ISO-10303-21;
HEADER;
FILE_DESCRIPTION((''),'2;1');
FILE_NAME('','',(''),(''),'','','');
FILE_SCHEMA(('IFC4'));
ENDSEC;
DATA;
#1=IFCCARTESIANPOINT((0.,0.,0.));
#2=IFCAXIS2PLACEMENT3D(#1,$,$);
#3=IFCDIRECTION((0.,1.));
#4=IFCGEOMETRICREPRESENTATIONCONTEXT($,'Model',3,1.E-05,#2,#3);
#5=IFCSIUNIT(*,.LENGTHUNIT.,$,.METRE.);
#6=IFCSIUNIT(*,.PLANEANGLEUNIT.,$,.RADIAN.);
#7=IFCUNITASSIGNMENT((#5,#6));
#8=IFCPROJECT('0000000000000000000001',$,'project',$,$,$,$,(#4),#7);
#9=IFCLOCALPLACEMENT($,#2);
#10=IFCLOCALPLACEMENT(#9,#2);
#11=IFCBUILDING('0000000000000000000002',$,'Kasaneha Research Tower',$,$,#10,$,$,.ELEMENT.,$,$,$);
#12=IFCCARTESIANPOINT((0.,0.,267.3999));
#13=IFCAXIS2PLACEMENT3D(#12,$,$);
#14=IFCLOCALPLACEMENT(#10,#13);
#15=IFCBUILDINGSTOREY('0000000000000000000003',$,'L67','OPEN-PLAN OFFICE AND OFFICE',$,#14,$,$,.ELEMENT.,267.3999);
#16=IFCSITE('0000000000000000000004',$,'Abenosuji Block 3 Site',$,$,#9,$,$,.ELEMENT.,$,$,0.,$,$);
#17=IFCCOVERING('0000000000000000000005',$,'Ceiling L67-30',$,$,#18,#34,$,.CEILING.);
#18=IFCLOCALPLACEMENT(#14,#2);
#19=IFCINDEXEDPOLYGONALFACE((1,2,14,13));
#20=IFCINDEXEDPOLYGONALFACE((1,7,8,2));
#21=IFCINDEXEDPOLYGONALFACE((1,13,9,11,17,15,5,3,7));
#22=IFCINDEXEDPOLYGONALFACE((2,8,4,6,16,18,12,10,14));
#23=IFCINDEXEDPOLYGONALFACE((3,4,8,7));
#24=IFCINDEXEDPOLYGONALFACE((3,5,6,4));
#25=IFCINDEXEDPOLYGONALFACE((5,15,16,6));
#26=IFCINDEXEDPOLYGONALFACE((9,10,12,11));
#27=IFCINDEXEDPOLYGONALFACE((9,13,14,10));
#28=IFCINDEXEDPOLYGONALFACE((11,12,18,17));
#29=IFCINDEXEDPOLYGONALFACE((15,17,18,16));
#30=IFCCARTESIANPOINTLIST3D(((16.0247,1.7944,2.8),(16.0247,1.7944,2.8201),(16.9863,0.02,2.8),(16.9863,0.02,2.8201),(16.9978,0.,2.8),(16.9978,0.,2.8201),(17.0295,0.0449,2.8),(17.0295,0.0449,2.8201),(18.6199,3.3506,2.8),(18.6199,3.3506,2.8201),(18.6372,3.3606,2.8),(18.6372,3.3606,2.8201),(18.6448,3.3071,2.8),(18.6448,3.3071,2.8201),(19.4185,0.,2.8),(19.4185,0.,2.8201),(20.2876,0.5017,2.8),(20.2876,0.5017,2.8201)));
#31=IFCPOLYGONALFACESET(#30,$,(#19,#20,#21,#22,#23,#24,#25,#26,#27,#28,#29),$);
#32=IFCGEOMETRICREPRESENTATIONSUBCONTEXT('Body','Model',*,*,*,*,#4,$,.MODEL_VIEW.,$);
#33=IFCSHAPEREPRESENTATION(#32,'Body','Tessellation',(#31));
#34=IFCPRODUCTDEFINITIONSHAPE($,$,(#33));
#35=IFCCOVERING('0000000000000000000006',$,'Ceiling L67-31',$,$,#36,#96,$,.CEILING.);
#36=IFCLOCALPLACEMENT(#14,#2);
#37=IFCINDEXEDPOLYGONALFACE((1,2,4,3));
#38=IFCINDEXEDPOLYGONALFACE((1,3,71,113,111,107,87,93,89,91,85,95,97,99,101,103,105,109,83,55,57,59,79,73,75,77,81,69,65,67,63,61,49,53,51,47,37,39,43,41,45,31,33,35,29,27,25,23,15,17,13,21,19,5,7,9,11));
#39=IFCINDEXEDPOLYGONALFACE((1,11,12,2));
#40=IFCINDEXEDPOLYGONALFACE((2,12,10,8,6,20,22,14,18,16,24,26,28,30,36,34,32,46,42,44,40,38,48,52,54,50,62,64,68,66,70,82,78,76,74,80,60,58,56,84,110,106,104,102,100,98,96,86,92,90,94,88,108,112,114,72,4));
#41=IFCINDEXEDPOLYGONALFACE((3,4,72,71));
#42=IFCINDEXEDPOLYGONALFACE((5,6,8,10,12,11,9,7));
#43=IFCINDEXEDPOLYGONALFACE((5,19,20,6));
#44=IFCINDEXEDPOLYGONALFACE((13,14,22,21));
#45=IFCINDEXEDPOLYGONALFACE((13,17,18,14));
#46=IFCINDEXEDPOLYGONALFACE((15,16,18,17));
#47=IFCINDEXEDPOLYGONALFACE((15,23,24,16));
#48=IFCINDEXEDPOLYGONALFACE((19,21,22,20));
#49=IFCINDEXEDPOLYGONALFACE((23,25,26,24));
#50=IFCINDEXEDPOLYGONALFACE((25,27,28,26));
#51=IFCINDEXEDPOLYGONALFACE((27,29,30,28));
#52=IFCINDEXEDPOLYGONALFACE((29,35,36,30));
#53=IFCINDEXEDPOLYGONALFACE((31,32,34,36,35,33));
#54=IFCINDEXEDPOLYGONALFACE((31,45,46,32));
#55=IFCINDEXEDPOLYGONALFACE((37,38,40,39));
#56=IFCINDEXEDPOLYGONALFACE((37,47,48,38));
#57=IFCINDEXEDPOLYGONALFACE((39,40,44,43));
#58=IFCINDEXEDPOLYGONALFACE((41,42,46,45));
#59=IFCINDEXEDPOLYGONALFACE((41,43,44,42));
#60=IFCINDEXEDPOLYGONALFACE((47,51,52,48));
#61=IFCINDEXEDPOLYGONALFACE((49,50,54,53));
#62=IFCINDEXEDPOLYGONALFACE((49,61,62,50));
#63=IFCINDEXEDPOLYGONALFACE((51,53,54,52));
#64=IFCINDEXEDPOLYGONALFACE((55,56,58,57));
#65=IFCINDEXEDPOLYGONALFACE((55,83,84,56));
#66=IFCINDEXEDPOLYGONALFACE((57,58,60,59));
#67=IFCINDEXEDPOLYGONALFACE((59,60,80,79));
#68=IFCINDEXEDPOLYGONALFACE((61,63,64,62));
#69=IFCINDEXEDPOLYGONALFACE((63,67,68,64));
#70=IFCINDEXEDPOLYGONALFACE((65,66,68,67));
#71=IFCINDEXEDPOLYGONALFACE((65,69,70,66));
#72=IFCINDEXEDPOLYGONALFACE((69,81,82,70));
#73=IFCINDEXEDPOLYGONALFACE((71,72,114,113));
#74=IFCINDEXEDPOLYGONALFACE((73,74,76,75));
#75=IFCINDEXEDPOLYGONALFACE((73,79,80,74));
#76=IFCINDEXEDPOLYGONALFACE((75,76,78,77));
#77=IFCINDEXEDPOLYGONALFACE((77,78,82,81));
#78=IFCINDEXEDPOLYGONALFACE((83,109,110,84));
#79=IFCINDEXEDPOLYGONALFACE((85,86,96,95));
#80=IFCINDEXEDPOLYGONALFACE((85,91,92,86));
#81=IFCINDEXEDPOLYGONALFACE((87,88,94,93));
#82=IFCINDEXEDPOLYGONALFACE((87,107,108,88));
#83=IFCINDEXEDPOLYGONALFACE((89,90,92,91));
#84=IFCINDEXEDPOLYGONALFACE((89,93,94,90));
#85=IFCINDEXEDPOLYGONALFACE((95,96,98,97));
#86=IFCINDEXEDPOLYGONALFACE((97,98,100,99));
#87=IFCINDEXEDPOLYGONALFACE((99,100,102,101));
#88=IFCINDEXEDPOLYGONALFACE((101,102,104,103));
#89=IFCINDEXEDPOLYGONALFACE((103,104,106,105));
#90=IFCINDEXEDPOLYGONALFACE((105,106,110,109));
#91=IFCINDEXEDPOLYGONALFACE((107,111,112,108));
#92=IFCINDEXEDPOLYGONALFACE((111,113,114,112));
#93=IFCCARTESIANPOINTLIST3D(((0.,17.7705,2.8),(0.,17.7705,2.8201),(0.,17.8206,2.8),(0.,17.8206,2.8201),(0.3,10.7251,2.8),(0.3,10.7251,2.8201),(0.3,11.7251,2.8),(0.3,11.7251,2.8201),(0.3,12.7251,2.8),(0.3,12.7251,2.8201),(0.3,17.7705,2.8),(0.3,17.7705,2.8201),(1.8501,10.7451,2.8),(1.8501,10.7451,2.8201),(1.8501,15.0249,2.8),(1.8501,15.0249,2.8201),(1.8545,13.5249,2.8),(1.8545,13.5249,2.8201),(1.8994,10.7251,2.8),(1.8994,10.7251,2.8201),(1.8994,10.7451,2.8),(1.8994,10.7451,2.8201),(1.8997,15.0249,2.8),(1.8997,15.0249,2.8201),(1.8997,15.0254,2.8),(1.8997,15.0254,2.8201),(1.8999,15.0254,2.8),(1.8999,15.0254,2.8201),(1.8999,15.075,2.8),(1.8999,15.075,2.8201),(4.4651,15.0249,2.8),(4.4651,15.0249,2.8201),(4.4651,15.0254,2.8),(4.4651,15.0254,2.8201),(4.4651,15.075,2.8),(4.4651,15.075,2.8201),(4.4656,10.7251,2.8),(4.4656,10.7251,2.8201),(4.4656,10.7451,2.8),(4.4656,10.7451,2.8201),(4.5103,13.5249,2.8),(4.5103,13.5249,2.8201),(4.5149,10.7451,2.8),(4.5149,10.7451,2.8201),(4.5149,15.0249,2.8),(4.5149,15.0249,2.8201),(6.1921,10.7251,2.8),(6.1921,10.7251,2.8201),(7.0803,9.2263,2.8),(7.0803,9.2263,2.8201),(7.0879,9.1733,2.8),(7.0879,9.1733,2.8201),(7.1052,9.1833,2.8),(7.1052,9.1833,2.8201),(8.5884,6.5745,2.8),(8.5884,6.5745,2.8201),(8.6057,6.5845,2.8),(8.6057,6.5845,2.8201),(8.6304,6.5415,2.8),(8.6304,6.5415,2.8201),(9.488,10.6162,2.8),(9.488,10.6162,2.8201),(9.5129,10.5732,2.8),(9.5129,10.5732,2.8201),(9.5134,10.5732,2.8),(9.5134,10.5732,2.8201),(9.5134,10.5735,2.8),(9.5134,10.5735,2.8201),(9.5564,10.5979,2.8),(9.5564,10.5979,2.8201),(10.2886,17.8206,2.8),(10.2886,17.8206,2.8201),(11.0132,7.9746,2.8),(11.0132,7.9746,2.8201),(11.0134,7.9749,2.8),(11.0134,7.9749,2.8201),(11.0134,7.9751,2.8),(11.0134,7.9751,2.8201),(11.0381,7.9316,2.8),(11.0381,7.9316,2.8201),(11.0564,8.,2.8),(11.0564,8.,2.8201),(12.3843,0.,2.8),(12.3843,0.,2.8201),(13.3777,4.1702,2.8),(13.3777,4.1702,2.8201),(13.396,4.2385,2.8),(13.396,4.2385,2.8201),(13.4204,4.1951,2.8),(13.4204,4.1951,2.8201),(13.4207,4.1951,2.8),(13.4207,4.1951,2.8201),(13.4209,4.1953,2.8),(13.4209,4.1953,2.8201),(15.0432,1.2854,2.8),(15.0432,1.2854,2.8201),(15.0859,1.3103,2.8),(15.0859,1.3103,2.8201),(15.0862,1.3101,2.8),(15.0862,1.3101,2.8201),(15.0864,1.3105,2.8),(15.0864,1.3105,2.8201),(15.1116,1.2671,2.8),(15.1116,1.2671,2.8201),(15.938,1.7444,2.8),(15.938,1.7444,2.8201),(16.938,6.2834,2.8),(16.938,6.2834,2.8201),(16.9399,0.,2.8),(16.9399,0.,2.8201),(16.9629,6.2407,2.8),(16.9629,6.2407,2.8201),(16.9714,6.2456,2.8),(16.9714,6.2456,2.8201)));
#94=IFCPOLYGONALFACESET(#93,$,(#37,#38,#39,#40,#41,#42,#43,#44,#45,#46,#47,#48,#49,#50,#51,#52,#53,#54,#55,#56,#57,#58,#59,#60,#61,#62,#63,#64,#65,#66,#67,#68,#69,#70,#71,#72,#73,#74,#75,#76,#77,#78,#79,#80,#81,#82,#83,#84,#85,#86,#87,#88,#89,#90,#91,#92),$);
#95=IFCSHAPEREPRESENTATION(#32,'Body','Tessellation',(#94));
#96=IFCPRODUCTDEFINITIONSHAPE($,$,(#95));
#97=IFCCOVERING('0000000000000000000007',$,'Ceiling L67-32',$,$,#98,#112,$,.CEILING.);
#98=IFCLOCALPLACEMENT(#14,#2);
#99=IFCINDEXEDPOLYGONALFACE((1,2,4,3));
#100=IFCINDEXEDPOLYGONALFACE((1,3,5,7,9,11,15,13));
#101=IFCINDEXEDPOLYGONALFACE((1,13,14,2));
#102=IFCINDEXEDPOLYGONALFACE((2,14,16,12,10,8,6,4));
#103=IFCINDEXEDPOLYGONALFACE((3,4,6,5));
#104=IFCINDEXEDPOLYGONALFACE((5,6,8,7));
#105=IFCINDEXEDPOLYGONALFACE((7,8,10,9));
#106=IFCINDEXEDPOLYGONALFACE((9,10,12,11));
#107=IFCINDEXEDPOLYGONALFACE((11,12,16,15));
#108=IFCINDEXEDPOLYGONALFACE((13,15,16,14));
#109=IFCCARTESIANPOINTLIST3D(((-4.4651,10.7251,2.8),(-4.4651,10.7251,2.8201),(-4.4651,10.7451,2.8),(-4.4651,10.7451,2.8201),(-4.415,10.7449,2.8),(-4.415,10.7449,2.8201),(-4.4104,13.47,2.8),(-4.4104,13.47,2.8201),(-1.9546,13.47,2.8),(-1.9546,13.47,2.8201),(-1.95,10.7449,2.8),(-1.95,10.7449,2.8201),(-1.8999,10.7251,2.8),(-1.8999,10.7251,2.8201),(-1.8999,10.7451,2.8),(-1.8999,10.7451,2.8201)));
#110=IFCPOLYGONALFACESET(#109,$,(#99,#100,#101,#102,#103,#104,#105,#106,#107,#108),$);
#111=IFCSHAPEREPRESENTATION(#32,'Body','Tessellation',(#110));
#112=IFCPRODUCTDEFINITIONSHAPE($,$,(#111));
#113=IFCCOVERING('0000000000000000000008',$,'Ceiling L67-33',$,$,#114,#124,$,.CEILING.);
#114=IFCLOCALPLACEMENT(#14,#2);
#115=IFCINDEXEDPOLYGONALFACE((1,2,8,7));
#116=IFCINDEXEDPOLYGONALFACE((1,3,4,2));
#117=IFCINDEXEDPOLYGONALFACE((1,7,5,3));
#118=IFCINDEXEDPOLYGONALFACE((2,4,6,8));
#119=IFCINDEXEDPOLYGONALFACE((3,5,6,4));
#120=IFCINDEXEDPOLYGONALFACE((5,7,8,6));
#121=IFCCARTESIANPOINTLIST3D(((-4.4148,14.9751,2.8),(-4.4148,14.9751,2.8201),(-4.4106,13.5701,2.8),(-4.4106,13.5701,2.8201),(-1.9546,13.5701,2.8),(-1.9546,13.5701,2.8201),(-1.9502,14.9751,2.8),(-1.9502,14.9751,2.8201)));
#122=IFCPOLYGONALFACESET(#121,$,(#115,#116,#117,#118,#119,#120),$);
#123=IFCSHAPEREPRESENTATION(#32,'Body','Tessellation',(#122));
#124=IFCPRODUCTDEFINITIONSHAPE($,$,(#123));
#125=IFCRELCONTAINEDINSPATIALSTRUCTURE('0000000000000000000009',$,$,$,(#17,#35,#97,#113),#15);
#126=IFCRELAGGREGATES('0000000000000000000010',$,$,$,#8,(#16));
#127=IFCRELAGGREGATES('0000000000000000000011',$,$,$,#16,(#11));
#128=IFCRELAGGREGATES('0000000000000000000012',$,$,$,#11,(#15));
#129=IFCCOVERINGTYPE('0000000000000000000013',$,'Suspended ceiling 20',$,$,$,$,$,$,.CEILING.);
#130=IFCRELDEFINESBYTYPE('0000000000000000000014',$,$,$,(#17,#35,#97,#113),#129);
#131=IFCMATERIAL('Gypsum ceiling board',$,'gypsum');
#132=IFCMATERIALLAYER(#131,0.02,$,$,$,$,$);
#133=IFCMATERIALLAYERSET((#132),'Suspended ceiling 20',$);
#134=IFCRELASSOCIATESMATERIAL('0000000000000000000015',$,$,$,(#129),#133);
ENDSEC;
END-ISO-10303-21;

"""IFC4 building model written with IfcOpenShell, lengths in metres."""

from ifc_helpers import new_model, si_unit, direction, frame, origin, place, context, subcontext, project, spatial, polyline, outline, extrude, material, layer, layer_set, type_object, element, save


model = new_model("IFC4")

# Units and contexts
model_context = context("Model", 3, precision=1e-05, world=origin(), true_north=direction((0.0, 1.0)))
body_context = subcontext(model_context, "Body", "Model", "MODEL_VIEW")
ifc_project = project(units=[si_unit("LENGTHUNIT", "METRE"), si_unit("PLANEANGLEUNIT", "RADIAN")], contexts=[model_context])

# Site, building, storey
site_placement = place(None, origin())
site = spatial("IfcSite", under=ifc_project, at=site_placement, Name="Abenosuji Block 3 Site", CompositionType="ELEMENT", RefElevation=0.0)
building_placement = place(site_placement, origin())
building = spatial("IfcBuilding", under=site, at=building_placement, Name="Kasaneha Research Tower", CompositionType="ELEMENT")
storey_placement = place(building_placement, frame((0.0, 0.0, 267.3999)))
storey = spatial("IfcBuildingStorey", under=building, at=storey_placement, Name="L67", Description="OPEN-PLAN OFFICE AND OFFICE", CompositionType="ELEMENT", Elevation=267.3999)

# Coverings
ifc_material_1 = material(Name="Gypsum ceiling board", Category="gypsum")
ifc_layer_1 = layer(ifc_material_1, 0.02)
ifc_layer_set_1 = layer_set([ifc_layer_1], Name="Suspended ceiling 20")
covering_type_1 = type_object("IfcCoveringType", Name="Suspended ceiling 20", PredefinedType="CEILING", material=ifc_layer_set_1)
covering_1_placement = place(storey_placement, frame((0.0, 0.0, 2.8)))
element("IfcCovering", 1, at=covering_1_placement, inside=storey, type_object=covering_type_1, Name="Ceiling L67-30", PredefinedType="CEILING", context=body_context, shape_type="SweptSolid", body=[
    extrude(outline(polyline([(16.9978, 0.0), (16.9863, 0.02), (17.0295, 0.0449), (16.0247, 1.7944), (18.6448, 3.3071), (18.6199, 3.3506), (18.6372, 3.3606), (20.2876, 0.5017), (19.4185, 0.0), (16.9978, 0.0)])), origin(), (0.0, 0.0, 1.0), 0.02),
])
covering_2_placement = place(storey_placement, frame((0.0, 0.0, 2.8)))
element("IfcCovering", 2, at=covering_2_placement, inside=storey, type_object=covering_type_1, Name="Ceiling L67-31", PredefinedType="CEILING", context=body_context, shape_type="SweptSolid", body=[
    extrude(outline(polyline([(8.6057, 6.5845), (8.6304, 6.5415), (11.0381, 7.9316), (11.0132, 7.9746), (11.0134, 7.9749), (11.0134, 7.9751), (11.0564, 8.0), (9.5564, 10.5979), (9.5134, 10.5732), (9.5134, 10.5735), (9.5129, 10.5732), (9.488, 10.6162), (7.0803, 9.2263), (7.1052, 9.1833), (7.0879, 9.1733), (6.1921, 10.7251), (4.4656, 10.7251), (4.4656, 10.7451), (4.5149, 10.7451), (4.5103, 13.5249), (4.5149, 15.0249), (4.4651, 15.0249), (4.4651, 15.0254), (4.4651, 15.075), (1.8999, 15.075), (1.8999, 15.0254), (1.8997, 15.0254), (1.8997, 15.0249), (1.8501, 15.0249), (1.8545, 13.5249), (1.8501, 10.7451), (1.8994, 10.7451), (1.8994, 10.7251), (0.3, 10.7251), (0.3, 11.7251), (0.3, 12.7251), (0.3, 17.7705), (0.3, 17.7705), (0.0, 17.7705), (0.0, 17.8206), (10.2886, 17.8206), (16.9714, 6.2456), (16.9629, 6.2407), (16.938, 6.2834), (13.396, 4.2385), (13.4209, 4.1953), (13.4204, 4.1951), (13.4207, 4.1951), (13.3777, 4.1702), (15.0432, 1.2854), (15.0859, 1.3103), (15.0862, 1.3101), (15.0864, 1.3105), (15.1116, 1.2671), (15.938, 1.7444), (16.9399, 0.0), (12.3843, 0.0), (8.5884, 6.5745), (8.6057, 6.5845)])), origin(), (0.0, 0.0, 1.0), 0.02),
])
covering_3_placement = place(storey_placement, frame((0.0, 0.0, 2.8)))
element("IfcCovering", 3, at=covering_3_placement, inside=storey, type_object=covering_type_1, Name="Ceiling L67-32", PredefinedType="CEILING", context=body_context, shape_type="SweptSolid", body=[
    extrude(outline(polyline([(-4.4651, 10.7251), (-4.4651, 10.7451), (-4.415, 10.7449), (-4.4104, 13.47), (-1.9546, 13.47), (-1.95, 10.7449), (-1.8999, 10.7451), (-1.8999, 10.7251), (-4.4651, 10.7251)])), origin(), (0.0, 0.0, 1.0), 0.02),
])
covering_4_placement = place(storey_placement, frame((0.0, 0.0, 2.8)))
element("IfcCovering", 4, at=covering_4_placement, inside=storey, type_object=covering_type_1, Name="Ceiling L67-33", PredefinedType="CEILING", context=body_context, shape_type="SweptSolid", body=[
    extrude(outline(polyline([(-1.9546, 13.5701), (-4.4106, 13.5701), (-4.4148, 14.9751), (-1.9502, 14.9751), (-1.9546, 13.5701)])), origin(), (0.0, 0.0, 1.0), 0.02),
])

save(model, "model.ifc")
